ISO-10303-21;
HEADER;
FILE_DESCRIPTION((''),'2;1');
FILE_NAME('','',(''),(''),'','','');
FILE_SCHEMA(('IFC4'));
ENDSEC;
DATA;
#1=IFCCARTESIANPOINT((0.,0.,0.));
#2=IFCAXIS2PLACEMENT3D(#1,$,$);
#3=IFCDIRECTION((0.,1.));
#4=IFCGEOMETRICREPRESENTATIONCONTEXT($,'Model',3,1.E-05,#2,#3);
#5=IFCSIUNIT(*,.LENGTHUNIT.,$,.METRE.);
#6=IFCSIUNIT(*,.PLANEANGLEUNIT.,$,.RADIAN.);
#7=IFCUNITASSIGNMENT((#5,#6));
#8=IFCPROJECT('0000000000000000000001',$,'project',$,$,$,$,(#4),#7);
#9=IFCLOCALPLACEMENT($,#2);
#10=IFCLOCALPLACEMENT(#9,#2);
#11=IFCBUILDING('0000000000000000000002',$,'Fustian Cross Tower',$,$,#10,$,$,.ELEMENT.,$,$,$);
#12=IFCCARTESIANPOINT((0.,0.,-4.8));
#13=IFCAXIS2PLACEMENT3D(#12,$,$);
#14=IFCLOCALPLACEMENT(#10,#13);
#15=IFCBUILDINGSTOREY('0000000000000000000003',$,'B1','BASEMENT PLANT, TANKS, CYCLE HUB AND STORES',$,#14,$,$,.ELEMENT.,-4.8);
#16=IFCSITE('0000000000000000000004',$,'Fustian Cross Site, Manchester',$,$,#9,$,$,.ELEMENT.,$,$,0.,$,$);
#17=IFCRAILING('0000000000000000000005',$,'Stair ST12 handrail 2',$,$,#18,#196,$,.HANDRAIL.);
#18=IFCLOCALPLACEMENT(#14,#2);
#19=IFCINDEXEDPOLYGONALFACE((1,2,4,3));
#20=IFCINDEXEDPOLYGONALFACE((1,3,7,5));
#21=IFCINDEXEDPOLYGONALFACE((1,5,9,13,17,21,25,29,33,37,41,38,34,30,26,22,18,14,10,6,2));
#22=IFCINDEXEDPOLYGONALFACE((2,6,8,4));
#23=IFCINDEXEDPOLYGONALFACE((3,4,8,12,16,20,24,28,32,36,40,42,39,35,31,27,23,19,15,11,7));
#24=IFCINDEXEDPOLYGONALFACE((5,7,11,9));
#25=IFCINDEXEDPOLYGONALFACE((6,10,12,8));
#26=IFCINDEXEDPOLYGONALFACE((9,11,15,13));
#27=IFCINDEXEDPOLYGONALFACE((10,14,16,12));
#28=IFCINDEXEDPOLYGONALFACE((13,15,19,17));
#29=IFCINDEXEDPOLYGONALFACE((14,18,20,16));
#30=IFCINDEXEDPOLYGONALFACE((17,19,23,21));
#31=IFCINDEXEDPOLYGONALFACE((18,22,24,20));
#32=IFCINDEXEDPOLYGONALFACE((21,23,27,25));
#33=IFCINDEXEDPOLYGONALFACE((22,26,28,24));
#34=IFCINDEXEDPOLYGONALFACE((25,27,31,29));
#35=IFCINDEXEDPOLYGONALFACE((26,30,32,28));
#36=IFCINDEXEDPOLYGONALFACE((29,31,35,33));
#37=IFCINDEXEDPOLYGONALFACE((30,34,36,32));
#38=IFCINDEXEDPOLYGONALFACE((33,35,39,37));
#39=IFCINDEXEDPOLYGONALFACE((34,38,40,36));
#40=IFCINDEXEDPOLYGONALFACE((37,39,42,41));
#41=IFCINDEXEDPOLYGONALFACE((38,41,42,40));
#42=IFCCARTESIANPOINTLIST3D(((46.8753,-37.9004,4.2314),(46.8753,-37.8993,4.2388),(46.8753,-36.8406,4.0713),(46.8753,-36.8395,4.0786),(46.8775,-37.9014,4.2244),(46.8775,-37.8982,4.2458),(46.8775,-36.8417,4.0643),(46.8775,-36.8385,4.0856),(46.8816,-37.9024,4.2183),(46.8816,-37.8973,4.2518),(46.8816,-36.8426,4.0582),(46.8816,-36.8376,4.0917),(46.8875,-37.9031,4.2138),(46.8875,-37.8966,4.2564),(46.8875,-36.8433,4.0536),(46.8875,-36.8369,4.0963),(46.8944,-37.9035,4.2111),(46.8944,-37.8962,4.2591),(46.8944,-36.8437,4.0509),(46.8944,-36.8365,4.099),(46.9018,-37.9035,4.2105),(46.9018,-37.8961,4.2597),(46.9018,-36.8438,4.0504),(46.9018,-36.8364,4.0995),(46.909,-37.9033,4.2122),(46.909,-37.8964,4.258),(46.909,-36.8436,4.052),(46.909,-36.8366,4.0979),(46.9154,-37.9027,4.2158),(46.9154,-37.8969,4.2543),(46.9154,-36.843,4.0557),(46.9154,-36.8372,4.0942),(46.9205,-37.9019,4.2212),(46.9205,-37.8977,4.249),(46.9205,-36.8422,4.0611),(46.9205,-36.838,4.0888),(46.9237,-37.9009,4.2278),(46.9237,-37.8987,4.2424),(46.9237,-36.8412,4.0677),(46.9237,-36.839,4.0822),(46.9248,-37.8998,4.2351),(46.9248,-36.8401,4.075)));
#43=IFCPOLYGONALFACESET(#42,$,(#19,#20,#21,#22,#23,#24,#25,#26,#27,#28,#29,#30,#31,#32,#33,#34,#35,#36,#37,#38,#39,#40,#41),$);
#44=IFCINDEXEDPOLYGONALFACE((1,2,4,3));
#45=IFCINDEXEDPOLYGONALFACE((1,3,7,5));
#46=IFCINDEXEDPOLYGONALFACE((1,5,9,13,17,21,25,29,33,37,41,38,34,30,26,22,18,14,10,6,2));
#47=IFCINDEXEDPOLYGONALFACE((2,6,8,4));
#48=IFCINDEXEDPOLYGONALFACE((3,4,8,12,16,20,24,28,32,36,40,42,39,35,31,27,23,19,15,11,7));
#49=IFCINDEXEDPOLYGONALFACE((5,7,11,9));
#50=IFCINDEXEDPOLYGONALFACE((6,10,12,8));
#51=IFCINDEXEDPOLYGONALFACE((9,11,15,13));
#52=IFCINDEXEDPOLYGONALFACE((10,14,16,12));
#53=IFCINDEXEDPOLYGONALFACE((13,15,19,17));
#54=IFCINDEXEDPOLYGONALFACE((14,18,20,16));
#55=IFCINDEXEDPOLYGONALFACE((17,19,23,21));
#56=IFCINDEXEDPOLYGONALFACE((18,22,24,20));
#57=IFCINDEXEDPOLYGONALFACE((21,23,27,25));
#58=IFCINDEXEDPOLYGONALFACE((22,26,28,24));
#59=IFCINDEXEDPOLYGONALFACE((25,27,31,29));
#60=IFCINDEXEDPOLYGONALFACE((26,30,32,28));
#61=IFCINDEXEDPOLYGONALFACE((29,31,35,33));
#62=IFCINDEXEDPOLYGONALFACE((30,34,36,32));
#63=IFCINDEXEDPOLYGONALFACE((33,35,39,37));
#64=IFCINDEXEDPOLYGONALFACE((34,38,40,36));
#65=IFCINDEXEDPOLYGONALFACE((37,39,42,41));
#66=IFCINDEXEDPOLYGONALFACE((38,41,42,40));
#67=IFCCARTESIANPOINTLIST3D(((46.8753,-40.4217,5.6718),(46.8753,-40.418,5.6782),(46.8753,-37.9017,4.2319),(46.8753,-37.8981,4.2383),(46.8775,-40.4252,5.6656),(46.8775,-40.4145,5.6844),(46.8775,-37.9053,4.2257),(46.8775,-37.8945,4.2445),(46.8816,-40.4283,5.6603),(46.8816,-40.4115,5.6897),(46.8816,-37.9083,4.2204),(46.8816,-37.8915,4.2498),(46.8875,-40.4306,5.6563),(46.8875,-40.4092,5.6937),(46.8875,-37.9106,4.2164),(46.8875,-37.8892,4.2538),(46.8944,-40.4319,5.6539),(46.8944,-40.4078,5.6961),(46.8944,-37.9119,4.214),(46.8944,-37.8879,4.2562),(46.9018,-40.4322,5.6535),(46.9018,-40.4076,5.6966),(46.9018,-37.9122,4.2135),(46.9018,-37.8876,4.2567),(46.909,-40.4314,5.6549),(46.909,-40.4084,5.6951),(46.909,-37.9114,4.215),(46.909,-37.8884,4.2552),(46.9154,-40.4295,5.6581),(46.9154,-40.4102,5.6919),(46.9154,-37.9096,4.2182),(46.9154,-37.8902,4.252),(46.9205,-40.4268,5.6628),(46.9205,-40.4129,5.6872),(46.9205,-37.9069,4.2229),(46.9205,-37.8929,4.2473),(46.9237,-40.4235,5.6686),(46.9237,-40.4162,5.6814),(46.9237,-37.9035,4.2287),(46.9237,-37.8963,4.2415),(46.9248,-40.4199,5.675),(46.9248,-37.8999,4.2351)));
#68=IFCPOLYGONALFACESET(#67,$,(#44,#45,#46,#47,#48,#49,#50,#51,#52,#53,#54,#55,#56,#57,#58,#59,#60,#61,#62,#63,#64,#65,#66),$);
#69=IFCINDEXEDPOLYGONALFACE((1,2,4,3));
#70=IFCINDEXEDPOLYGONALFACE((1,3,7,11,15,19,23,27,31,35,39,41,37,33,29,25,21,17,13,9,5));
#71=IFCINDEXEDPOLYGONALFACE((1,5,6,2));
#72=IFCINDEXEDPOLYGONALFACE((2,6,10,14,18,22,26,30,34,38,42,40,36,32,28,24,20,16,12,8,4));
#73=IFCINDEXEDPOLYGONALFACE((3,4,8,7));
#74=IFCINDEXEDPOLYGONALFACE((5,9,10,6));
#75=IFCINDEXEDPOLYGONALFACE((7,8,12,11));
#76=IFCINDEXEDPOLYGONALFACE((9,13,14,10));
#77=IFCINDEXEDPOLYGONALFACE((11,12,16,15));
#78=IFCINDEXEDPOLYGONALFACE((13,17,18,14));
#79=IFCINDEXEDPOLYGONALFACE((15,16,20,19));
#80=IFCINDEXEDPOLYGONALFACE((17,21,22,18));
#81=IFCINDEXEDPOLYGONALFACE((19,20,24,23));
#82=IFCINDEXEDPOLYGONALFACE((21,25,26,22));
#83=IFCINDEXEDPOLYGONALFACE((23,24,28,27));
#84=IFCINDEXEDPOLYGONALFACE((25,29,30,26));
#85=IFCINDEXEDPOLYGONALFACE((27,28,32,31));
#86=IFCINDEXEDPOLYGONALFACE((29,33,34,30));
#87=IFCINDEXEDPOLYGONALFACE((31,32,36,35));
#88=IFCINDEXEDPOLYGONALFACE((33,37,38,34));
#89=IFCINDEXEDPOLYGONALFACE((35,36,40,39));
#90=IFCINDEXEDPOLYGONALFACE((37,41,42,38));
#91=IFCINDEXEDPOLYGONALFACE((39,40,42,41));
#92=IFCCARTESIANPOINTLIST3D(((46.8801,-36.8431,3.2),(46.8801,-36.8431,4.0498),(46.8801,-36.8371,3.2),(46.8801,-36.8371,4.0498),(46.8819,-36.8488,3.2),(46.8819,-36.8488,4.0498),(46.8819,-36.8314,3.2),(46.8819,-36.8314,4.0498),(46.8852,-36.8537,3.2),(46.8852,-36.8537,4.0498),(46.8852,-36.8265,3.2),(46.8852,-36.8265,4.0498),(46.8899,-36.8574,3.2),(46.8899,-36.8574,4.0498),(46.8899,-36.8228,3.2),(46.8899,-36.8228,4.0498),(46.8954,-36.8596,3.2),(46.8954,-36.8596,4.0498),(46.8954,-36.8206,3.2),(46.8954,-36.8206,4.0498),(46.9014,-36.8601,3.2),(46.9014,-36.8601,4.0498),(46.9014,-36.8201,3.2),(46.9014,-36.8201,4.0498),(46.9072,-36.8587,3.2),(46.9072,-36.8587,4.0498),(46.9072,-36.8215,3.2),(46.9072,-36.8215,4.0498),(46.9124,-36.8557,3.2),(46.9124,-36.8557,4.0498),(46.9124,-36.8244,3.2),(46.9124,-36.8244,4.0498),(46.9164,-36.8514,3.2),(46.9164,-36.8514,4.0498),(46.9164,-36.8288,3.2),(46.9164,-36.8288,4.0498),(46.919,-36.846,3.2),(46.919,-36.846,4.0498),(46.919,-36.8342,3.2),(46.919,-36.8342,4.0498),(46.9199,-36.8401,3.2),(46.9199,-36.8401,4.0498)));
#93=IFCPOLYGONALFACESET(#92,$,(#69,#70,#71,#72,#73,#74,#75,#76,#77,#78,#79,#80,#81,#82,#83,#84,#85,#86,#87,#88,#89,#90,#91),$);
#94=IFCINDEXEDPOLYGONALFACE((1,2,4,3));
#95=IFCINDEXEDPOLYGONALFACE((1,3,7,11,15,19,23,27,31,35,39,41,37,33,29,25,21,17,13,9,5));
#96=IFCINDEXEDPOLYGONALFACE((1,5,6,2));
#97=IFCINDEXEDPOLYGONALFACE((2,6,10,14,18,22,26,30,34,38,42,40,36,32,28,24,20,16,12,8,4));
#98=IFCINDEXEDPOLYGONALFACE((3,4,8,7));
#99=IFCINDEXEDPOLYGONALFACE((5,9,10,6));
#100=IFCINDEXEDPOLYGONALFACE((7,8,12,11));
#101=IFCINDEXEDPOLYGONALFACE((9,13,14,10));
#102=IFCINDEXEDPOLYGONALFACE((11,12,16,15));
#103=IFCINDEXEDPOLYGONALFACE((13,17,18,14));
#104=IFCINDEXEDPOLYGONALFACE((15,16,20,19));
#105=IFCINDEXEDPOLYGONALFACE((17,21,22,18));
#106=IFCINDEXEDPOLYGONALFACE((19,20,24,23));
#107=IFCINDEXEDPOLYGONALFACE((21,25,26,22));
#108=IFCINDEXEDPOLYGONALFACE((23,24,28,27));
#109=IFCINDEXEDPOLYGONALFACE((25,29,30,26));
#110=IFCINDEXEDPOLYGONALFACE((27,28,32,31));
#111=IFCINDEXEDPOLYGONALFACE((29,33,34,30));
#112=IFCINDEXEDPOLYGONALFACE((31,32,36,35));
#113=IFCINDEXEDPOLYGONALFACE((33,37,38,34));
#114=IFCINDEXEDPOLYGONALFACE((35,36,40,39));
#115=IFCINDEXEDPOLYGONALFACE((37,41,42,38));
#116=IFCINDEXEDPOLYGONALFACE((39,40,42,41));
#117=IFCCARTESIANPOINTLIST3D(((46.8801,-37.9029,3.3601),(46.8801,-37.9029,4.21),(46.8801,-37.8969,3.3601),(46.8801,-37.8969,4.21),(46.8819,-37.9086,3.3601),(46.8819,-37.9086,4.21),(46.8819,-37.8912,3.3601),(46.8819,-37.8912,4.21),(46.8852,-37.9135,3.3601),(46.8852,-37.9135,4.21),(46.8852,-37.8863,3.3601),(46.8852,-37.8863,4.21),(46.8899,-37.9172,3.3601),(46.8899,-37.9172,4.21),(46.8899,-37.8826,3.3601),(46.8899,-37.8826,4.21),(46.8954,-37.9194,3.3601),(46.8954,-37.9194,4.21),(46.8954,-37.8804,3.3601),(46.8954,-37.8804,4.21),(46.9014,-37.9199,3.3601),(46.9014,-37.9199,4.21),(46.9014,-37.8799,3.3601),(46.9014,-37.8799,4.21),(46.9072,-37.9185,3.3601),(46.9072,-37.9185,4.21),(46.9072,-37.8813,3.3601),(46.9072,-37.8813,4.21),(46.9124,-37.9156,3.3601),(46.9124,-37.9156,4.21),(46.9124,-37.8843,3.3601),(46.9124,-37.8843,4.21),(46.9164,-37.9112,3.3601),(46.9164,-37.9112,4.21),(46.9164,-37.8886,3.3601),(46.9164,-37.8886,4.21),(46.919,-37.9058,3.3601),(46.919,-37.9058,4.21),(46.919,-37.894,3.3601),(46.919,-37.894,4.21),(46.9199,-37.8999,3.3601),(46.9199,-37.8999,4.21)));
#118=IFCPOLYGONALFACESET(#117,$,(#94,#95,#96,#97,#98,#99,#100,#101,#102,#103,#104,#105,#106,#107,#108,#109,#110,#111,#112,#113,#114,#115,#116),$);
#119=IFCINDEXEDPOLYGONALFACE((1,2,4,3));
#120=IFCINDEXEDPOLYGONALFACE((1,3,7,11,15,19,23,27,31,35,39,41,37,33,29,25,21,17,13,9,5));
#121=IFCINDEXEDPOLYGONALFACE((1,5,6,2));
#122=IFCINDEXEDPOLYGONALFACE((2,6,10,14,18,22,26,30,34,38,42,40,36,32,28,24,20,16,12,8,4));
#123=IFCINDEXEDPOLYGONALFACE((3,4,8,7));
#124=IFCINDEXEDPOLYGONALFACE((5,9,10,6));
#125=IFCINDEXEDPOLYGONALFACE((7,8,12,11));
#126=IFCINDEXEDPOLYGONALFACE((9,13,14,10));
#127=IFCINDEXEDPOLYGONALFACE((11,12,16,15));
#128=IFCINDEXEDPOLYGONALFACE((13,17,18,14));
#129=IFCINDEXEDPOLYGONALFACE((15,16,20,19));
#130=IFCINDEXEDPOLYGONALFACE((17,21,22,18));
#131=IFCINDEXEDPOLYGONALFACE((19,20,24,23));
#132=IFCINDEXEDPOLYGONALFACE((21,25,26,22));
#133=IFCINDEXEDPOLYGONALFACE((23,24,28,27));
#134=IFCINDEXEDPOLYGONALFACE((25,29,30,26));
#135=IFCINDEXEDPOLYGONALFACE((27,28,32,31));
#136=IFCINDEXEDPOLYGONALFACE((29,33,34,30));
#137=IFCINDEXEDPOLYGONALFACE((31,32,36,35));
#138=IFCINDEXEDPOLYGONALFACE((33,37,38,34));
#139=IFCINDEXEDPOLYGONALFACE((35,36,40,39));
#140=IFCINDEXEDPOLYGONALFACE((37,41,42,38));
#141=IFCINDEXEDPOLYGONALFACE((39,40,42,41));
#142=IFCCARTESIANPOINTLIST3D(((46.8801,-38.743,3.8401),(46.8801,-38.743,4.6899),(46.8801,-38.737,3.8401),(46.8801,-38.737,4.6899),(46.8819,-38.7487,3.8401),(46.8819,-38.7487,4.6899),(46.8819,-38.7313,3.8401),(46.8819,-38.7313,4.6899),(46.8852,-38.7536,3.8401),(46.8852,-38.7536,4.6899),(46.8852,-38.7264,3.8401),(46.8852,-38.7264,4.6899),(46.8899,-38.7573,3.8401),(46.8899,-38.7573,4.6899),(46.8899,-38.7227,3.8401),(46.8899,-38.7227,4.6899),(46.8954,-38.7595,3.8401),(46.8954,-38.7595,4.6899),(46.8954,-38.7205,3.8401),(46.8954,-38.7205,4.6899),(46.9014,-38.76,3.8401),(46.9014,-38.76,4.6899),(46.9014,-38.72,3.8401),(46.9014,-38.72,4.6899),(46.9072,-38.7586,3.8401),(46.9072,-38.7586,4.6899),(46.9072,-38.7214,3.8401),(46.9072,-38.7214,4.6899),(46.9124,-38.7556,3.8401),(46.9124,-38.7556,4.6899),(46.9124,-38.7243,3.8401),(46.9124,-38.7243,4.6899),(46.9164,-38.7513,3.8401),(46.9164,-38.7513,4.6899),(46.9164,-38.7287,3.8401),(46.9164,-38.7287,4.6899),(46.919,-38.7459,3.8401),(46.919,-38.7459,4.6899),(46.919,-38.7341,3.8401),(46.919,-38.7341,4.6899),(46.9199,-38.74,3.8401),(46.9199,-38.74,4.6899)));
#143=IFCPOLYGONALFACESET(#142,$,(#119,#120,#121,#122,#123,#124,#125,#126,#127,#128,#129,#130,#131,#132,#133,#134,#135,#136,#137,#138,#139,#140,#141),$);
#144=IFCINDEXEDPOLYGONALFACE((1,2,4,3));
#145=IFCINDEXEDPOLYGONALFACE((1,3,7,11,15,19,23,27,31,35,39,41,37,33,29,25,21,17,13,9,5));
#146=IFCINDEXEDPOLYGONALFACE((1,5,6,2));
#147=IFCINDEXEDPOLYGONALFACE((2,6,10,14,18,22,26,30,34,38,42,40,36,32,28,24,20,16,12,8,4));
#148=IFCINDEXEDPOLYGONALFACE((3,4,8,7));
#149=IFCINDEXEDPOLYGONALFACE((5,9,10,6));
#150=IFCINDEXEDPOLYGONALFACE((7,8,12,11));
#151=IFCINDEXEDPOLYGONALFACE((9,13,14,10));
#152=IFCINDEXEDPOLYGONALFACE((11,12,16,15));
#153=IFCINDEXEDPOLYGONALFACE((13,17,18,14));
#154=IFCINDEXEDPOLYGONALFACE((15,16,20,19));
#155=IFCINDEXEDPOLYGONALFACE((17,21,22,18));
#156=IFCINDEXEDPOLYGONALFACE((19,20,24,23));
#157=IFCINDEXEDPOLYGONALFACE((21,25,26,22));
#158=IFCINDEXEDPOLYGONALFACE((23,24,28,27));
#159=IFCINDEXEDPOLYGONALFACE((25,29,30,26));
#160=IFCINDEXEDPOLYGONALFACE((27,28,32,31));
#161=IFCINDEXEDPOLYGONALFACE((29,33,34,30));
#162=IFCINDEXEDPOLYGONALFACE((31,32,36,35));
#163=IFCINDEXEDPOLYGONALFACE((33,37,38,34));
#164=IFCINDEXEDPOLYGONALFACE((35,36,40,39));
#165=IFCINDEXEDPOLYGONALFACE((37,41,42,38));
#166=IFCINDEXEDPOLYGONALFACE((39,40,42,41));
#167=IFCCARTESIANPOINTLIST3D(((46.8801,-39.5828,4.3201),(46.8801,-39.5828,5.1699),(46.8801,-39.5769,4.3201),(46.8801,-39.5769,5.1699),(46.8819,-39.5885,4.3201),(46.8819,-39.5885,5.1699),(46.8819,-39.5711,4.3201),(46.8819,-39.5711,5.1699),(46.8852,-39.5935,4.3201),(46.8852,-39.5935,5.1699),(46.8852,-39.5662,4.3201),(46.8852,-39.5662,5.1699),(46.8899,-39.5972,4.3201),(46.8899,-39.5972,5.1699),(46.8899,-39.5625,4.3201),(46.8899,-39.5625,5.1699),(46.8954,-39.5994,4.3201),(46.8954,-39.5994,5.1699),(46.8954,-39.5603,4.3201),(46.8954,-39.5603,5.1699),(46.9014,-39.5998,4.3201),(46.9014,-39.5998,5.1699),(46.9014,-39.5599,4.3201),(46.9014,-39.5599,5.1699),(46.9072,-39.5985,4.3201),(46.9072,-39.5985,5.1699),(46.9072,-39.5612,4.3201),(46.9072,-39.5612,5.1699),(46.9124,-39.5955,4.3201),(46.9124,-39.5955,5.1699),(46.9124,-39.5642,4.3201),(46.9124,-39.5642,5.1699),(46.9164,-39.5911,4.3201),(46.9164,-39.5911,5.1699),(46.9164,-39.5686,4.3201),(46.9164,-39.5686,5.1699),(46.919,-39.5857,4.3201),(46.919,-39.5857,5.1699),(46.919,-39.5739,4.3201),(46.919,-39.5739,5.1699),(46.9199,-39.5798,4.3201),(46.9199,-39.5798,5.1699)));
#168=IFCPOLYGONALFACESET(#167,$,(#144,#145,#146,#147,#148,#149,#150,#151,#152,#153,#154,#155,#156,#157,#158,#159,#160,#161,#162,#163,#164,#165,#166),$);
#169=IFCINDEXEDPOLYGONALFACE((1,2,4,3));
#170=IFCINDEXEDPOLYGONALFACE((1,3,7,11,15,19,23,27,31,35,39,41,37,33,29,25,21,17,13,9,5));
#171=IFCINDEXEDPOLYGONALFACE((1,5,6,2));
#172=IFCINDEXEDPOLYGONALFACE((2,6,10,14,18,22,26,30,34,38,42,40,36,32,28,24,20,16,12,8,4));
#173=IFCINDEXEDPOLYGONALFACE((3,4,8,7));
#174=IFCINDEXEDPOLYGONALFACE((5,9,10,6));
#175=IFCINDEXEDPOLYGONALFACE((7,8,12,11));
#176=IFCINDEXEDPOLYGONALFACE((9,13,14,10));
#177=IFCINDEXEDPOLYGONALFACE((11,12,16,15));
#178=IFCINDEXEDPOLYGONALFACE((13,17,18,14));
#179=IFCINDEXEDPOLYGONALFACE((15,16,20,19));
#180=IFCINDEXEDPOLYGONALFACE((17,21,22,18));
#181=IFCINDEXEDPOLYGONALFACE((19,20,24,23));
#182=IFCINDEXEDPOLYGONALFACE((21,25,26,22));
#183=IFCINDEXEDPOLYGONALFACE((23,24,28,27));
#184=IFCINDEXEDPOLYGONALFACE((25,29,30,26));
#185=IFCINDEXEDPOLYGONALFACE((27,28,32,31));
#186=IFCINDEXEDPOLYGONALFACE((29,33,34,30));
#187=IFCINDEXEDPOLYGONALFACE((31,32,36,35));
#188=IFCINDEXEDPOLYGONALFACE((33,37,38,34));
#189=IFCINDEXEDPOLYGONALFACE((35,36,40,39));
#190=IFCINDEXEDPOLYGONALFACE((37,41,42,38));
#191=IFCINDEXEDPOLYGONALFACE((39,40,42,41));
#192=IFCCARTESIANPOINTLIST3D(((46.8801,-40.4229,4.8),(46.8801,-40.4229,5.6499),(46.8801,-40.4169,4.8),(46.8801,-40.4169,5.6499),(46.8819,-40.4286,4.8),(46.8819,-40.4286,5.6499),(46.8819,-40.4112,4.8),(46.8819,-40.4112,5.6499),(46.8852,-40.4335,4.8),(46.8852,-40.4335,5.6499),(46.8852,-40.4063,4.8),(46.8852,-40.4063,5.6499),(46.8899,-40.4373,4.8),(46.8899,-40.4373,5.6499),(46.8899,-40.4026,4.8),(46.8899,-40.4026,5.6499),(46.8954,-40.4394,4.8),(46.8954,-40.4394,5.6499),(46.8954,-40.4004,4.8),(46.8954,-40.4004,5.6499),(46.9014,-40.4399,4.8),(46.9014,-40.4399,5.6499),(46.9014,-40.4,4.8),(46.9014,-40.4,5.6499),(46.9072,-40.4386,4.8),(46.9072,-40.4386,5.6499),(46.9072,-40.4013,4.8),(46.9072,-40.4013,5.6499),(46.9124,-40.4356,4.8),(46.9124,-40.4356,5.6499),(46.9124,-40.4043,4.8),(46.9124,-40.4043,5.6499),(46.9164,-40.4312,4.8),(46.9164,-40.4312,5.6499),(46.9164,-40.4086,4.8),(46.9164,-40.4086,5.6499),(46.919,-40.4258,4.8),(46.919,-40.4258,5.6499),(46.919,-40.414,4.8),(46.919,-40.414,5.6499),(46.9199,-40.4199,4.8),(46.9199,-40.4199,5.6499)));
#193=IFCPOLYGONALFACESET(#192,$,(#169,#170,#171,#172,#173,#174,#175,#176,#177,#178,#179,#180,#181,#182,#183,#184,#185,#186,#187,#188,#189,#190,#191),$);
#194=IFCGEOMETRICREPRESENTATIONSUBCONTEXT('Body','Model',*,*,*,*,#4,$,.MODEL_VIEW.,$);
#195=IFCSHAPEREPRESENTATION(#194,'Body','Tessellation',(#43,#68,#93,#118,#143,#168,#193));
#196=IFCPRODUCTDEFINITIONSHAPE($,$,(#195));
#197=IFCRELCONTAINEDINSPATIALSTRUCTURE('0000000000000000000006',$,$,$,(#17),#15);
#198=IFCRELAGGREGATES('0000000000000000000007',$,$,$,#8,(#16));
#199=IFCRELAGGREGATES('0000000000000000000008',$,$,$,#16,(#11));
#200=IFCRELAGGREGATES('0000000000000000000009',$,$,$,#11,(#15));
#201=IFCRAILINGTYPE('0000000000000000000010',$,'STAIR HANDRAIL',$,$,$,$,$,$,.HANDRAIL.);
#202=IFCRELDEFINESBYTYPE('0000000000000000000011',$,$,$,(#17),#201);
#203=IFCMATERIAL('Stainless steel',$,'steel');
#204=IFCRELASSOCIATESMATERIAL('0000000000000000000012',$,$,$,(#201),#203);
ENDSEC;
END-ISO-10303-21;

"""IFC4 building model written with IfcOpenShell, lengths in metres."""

from ifc_helpers import new_model, si_unit, direction, frame, origin, origin_2d, place, context, subcontext, project, spatial, circle, extrude, material, type_object, element, save


model = new_model("IFC4")

# Units and contexts
model_context = context("Model", 3, precision=1e-05, world=origin(), true_north=direction((0.0, 1.0)))
body_context = subcontext(model_context, "Body", "Model", "MODEL_VIEW")
ifc_project = project(units=[si_unit("LENGTHUNIT", "METRE"), si_unit("PLANEANGLEUNIT", "RADIAN")], contexts=[model_context])

# Site, building, storey
site_placement = place(None, origin())
site = spatial("IfcSite", under=ifc_project, at=site_placement, Name="Fustian Cross Site, Manchester", CompositionType="ELEMENT", RefElevation=0.0)
building_placement = place(site_placement, origin())
building = spatial("IfcBuilding", under=site, at=building_placement, Name="Fustian Cross Tower", CompositionType="ELEMENT")
storey_placement = place(building_placement, frame((0.0, 0.0, -4.8)))
storey = spatial("IfcBuildingStorey", under=building, at=storey_placement, Name="B1", Description="BASEMENT PLANT, TANKS, CYCLE HUB AND STORES", CompositionType="ELEMENT", Elevation=-4.8)

# Railing
ifc_material_1 = material(Name="Stainless steel", Category="steel")
railing_type = type_object("IfcRailingType", Name="STAIR HANDRAIL", PredefinedType="HANDRAIL", material=ifc_material_1)
railing_1_placement = place(storey_placement, frame((46.8999, -36.8401, 3.2)))
element("IfcRailing", 1, at=railing_1_placement, inside=storey, type_object=railing_type, Name="Stair ST12 handrail 2", PredefinedType="HANDRAIL", context=body_context, shape_type="SweptSolid", body=[
    extrude(circle(Radius=0.0249, at=origin_2d()), frame((0.0, 0.0, 0.875), z_axis=(0.0, -0.988774, 0.149421), x_axis=(1.0, 0.0, 0.0)), (0.0, 0.0, 1.0), 1.0718),
    extrude(circle(Radius=0.0249, at=origin_2d()), frame((0.0, -1.0598, 1.0352), z_axis=(0.0, -0.868253, 0.496121), x_axis=(1.0, 0.0, 0.0)), (0.0, 0.0, 1.0), 2.9023),
    extrude(circle(Radius=0.02, at=origin_2d()), origin(), (0.0, 0.0, 1.0), 0.8499),
    extrude(circle(Radius=0.02, at=origin_2d()), frame((0.0, -1.0598, 0.1602)), (0.0, 0.0, 1.0), 0.8499),
    extrude(circle(Radius=0.02, at=origin_2d()), frame((0.0, -1.8999, 0.6401)), (0.0, 0.0, 1.0), 0.8499),
    extrude(circle(Radius=0.02, at=origin_2d()), frame((0.0, -2.7397, 1.1201)), (0.0, 0.0, 1.0), 0.8499),
    extrude(circle(Radius=0.02, at=origin_2d()), frame((0.0, -3.5798, 1.6001)), (0.0, 0.0, 1.0), 0.8499),
])

save(model, "model.ifc")
